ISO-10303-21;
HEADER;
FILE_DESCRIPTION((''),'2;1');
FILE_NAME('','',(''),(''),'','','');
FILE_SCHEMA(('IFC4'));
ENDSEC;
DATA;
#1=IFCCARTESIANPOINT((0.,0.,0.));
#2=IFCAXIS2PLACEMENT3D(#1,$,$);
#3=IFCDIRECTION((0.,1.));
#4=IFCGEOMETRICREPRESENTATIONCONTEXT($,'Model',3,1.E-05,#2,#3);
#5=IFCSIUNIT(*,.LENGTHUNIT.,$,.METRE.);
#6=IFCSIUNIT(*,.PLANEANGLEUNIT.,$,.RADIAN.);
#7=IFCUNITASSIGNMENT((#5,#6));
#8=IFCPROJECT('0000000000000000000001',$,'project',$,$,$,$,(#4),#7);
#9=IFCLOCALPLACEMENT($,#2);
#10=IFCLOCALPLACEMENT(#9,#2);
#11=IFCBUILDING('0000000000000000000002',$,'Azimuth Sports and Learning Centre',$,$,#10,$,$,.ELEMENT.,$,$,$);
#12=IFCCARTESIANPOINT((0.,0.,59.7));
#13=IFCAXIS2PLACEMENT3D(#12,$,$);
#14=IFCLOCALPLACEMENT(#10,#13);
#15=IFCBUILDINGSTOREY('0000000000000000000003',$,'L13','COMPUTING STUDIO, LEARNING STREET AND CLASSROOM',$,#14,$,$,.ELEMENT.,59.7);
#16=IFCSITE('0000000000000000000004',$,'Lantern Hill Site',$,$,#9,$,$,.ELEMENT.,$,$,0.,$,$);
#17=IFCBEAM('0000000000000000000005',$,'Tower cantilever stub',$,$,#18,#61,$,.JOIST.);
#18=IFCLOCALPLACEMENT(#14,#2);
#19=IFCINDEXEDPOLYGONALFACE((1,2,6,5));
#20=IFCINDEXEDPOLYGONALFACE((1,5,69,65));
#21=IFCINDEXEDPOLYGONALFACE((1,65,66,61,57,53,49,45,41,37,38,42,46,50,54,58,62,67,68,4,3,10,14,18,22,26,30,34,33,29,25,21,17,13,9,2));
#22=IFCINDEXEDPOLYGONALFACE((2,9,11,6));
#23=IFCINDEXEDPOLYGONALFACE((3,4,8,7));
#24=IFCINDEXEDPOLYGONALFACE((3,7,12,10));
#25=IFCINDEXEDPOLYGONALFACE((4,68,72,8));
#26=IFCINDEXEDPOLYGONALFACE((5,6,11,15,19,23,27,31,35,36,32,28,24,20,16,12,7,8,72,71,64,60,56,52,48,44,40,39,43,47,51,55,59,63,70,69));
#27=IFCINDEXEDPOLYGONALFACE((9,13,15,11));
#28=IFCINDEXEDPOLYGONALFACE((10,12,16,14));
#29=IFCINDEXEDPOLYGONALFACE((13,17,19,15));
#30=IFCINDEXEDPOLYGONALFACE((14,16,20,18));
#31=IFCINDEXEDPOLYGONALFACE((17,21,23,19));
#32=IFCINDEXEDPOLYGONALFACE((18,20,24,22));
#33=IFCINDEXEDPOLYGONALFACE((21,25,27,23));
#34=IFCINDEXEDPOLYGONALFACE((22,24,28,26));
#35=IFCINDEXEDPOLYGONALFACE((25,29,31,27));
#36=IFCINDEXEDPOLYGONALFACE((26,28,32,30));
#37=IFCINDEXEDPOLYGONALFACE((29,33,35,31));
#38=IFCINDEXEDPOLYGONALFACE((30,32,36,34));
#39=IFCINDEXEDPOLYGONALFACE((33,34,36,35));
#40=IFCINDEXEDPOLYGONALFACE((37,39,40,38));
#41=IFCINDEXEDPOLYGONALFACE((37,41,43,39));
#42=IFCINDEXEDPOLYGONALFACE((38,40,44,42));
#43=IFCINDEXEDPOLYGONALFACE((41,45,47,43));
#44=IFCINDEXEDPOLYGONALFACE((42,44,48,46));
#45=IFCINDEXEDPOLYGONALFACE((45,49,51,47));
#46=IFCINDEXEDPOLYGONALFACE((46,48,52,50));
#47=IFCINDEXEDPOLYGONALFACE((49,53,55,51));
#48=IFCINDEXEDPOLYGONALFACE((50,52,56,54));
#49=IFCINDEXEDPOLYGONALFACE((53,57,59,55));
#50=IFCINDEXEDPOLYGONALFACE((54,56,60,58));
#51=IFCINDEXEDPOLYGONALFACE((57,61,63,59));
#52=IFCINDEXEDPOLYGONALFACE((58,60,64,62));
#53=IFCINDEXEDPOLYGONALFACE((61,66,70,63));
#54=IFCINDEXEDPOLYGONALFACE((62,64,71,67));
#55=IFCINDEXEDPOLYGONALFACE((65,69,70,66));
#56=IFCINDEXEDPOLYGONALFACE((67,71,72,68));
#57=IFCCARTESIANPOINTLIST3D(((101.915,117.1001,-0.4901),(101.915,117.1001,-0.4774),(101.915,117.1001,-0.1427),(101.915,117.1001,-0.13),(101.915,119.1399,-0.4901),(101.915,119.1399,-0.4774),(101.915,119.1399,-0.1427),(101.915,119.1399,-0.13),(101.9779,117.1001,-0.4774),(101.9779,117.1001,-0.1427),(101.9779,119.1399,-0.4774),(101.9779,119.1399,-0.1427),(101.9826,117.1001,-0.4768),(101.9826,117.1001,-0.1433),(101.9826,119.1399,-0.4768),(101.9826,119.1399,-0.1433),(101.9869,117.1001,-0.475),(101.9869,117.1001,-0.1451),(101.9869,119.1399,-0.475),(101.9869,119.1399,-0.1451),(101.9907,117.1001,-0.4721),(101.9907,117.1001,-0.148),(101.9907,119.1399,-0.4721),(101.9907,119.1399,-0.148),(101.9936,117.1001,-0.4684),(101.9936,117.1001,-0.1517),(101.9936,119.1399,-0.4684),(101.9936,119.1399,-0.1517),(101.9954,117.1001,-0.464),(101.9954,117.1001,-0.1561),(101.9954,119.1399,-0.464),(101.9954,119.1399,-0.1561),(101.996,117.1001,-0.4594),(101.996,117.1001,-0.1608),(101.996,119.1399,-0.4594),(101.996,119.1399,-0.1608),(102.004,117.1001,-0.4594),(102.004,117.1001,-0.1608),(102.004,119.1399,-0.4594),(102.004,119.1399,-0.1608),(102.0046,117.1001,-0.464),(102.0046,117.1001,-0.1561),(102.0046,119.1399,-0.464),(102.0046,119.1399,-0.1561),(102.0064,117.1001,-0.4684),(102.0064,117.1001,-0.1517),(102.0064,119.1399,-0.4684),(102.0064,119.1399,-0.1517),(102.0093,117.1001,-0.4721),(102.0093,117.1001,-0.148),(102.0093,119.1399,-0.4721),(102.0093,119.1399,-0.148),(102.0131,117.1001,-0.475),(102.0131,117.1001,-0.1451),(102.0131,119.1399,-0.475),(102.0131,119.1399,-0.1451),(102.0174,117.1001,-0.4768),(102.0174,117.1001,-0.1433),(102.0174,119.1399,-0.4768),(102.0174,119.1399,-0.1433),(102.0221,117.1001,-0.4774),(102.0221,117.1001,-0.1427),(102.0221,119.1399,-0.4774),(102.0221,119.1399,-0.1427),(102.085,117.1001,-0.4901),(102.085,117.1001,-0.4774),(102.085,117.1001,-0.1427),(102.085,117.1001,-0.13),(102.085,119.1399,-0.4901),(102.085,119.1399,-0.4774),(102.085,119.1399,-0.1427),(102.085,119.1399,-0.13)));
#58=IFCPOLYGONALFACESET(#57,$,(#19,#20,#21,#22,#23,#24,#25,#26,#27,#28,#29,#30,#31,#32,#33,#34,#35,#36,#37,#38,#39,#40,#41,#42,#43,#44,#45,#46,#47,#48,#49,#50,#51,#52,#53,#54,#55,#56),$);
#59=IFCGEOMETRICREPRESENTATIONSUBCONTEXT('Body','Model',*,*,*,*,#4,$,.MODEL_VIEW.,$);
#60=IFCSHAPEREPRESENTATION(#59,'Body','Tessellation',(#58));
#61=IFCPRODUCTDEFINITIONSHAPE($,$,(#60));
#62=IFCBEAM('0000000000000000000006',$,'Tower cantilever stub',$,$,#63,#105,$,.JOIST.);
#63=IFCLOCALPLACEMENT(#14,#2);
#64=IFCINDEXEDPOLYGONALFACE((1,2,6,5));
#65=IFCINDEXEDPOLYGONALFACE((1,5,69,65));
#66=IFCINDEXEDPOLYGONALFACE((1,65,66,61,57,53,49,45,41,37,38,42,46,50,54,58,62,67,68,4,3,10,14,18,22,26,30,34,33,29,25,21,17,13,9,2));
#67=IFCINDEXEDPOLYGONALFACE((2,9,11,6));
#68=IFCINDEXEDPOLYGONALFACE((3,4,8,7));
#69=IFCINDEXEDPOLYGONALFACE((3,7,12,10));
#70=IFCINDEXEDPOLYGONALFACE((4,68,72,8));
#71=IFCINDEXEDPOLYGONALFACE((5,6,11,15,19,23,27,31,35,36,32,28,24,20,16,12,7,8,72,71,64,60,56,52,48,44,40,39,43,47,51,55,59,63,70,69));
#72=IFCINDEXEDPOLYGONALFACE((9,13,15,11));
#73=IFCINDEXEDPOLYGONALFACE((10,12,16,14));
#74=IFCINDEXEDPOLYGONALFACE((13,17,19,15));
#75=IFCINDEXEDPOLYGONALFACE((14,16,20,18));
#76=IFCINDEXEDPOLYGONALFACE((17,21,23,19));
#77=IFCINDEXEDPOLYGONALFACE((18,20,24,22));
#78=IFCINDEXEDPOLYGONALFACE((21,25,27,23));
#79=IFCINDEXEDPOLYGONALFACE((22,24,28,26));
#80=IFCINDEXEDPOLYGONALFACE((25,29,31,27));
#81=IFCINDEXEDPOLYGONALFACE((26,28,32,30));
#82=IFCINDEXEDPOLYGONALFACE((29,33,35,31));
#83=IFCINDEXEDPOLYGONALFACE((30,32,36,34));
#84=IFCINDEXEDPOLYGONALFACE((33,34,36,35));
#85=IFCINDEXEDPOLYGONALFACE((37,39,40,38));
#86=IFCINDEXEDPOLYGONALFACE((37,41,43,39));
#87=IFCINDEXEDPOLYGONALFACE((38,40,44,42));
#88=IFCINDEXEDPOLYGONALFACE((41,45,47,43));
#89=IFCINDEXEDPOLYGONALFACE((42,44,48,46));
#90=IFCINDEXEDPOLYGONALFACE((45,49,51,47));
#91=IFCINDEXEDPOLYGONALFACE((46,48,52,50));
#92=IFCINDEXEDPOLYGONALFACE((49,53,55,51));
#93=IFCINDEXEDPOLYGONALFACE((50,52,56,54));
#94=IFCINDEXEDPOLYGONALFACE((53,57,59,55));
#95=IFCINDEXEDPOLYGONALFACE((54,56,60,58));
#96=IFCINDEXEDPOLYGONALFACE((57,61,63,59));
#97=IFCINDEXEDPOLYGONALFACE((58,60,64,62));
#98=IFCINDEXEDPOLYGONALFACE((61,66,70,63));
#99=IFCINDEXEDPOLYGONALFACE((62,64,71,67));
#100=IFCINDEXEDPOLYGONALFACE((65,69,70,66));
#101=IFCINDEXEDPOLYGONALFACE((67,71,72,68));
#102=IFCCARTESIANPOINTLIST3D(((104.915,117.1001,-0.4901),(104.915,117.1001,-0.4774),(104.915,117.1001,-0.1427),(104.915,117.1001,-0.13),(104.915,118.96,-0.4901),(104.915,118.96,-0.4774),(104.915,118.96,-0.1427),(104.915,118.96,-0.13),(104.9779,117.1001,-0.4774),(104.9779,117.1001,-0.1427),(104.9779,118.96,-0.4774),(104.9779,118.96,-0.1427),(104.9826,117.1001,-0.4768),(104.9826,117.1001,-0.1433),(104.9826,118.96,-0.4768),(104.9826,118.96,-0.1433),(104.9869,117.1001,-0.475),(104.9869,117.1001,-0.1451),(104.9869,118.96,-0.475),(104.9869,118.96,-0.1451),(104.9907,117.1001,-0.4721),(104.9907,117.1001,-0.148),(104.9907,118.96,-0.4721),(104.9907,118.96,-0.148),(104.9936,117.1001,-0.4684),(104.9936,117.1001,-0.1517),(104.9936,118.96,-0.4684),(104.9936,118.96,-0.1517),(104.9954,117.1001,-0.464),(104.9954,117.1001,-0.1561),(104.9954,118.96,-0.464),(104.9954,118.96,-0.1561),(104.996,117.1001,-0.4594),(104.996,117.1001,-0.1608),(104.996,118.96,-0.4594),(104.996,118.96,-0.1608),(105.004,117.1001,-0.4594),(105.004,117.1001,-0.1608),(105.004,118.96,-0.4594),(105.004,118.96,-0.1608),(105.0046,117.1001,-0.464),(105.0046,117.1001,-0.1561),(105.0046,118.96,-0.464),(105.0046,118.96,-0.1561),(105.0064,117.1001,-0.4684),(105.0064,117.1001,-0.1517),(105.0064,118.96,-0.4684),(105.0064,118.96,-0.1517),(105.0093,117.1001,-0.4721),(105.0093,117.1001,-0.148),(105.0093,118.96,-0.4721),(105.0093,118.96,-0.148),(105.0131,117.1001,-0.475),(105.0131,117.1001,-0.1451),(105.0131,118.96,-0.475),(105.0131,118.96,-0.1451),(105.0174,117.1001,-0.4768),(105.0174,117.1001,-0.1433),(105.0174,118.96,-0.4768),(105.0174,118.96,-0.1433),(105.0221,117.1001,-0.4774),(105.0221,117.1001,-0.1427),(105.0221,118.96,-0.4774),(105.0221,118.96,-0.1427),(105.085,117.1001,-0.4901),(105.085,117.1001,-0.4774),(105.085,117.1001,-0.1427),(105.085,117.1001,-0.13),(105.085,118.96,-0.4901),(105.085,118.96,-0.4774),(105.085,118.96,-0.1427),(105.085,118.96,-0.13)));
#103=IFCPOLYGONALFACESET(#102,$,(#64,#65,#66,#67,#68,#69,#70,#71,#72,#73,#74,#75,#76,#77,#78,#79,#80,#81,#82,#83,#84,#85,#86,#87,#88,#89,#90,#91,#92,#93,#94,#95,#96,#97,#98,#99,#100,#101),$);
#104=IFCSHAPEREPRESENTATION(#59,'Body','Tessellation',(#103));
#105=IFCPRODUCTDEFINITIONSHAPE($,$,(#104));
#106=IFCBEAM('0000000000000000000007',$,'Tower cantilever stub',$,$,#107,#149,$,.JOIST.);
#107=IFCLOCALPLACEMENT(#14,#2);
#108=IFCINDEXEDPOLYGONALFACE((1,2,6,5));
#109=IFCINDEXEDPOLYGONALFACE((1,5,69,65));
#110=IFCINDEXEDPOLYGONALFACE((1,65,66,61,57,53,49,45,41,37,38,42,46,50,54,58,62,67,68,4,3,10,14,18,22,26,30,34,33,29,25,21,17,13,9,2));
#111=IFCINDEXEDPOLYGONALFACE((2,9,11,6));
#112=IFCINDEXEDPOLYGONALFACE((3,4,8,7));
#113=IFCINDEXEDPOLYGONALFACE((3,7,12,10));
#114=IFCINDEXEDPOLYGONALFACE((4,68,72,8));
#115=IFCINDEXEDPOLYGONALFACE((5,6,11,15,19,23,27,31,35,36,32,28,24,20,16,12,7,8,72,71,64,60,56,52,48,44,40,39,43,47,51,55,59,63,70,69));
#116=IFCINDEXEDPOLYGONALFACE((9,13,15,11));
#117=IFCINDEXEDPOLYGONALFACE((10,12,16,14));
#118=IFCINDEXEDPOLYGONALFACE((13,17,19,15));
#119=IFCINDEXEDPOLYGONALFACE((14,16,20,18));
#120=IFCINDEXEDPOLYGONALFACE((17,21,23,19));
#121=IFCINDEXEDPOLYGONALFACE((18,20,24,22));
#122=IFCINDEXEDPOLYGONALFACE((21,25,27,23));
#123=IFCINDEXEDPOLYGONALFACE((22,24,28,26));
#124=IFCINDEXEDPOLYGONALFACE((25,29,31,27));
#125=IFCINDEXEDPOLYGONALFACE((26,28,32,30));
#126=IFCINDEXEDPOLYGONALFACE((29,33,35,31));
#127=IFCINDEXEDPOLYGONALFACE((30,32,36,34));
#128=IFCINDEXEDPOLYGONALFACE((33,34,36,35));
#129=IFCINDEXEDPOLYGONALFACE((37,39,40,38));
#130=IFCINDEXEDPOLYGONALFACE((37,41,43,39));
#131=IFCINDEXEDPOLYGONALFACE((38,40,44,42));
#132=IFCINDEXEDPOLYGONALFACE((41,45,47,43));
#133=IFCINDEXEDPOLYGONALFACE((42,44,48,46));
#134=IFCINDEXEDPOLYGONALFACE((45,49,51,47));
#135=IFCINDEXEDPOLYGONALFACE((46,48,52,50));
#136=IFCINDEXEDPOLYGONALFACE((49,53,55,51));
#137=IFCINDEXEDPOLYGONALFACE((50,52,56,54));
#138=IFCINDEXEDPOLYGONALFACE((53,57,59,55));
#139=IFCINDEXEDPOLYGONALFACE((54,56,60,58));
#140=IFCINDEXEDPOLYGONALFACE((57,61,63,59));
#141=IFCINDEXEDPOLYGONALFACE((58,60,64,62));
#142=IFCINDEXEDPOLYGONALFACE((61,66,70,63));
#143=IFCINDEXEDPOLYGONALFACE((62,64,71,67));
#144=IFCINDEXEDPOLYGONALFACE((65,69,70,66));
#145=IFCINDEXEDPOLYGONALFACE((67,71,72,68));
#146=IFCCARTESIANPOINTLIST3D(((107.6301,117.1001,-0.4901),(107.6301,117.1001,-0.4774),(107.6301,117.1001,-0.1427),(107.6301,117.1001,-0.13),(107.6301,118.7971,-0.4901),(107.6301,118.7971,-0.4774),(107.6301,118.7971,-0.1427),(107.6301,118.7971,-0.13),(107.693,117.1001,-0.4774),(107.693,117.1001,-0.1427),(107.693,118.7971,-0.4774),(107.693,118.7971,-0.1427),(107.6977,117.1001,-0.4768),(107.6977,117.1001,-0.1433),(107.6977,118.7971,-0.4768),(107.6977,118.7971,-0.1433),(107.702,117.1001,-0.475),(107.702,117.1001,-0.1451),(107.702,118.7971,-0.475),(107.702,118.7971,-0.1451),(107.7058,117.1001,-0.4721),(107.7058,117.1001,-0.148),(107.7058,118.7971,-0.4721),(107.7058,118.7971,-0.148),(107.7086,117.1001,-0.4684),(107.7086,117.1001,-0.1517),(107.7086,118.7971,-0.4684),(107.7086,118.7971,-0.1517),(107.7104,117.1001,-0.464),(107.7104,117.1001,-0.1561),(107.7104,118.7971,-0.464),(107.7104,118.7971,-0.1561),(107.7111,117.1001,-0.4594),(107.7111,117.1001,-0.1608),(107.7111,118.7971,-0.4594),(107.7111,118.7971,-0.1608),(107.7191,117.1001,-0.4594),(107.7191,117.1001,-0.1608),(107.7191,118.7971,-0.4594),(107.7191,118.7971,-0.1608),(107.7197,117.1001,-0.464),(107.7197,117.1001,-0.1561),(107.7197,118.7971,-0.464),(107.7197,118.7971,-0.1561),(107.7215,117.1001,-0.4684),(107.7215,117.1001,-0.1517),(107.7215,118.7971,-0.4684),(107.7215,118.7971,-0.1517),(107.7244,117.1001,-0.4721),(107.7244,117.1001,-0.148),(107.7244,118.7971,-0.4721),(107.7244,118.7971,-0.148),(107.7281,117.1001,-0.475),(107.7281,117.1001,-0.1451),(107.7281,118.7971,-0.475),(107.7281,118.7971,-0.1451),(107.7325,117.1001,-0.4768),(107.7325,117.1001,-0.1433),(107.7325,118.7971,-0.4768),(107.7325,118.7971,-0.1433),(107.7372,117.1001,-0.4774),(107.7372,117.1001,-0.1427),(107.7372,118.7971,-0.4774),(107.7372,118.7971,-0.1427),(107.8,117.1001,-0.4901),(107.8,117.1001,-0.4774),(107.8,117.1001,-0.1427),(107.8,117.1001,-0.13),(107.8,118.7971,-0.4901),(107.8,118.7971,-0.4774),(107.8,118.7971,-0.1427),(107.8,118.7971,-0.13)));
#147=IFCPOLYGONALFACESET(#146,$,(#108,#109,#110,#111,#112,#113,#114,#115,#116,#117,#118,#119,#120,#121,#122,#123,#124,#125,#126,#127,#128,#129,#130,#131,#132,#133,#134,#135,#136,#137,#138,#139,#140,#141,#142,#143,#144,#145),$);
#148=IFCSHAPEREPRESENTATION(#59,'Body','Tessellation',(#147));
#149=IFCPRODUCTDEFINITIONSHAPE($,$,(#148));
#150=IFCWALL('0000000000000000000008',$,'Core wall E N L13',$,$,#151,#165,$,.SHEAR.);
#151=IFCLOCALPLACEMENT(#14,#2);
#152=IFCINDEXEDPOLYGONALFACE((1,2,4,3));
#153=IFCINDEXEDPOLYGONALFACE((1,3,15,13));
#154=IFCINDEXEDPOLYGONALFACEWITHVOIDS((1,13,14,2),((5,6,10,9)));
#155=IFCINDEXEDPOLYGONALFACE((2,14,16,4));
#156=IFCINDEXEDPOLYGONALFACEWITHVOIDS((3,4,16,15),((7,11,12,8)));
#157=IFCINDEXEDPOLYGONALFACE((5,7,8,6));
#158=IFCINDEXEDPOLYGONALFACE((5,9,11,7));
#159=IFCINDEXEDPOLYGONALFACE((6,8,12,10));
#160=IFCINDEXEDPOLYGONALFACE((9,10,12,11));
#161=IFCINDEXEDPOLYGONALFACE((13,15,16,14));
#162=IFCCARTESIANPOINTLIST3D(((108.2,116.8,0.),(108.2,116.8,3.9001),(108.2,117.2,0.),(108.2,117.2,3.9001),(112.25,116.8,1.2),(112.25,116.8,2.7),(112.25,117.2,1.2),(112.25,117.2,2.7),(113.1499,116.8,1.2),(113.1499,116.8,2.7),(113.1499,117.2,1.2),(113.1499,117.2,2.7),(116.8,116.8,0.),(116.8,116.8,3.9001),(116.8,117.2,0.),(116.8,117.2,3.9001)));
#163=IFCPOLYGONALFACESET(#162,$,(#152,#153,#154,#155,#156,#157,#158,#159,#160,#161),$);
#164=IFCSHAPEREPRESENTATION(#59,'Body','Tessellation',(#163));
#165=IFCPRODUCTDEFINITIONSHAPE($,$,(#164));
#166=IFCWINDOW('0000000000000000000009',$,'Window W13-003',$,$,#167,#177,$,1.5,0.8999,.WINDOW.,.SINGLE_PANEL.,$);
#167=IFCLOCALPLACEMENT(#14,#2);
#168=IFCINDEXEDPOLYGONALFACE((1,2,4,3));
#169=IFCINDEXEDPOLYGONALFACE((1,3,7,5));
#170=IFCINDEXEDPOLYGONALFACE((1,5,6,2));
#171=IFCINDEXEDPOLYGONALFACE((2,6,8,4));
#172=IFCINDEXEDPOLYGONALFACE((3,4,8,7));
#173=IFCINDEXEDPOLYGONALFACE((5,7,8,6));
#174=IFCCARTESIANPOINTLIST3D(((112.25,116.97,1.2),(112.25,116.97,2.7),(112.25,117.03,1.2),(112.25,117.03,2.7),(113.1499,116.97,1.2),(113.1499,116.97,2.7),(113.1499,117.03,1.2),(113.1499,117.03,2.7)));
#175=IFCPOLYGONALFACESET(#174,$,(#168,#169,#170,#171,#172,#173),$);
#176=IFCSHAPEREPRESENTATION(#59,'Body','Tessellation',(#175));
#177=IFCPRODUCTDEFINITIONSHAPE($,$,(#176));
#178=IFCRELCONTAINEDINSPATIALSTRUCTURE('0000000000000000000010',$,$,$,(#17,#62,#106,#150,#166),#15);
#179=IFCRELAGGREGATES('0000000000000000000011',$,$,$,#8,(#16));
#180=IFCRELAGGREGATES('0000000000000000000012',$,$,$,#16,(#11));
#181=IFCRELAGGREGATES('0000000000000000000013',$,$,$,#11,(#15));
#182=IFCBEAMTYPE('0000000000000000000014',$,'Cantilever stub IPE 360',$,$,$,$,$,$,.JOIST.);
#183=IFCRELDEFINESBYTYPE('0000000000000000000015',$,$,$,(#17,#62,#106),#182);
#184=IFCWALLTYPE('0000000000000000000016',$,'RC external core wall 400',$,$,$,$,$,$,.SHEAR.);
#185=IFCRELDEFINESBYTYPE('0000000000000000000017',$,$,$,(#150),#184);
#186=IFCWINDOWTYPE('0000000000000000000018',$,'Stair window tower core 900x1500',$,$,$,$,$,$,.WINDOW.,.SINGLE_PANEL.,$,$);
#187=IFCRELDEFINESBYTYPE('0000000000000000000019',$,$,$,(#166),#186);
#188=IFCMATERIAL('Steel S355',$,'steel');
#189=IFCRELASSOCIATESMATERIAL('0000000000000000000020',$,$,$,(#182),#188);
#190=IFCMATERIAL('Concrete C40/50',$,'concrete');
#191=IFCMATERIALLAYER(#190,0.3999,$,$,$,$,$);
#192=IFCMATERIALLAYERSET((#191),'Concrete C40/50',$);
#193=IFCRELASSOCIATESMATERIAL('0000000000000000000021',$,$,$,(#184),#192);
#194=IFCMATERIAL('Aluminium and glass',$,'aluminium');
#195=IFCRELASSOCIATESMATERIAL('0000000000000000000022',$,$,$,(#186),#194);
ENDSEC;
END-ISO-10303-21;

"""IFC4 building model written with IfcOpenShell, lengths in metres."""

from ifc_helpers import new_model, si_unit, direction, frame, frame_2d, origin, origin_2d, place, context, subcontext, project, spatial, rectangle, i_section, extrude, material, layer, layer_set, material_profile, profile_set, type_object, element, fill, save


model = new_model("IFC4")

# Units and contexts
model_context = context("Model", 3, precision=1e-05, world=origin(), true_north=direction((0.0, 1.0)))
body_context = subcontext(model_context, "Body", "Model", "MODEL_VIEW")
ifc_project = project(units=[si_unit("LENGTHUNIT", "METRE"), si_unit("PLANEANGLEUNIT", "RADIAN")], contexts=[model_context])

# Site, building, storey
site_placement = place(None, origin())
site = spatial("IfcSite", under=ifc_project, at=site_placement, Name="Lantern Hill Site", CompositionType="ELEMENT", RefElevation=0.0)
building_placement = place(site_placement, origin())
building = spatial("IfcBuilding", under=site, at=building_placement, Name="Azimuth Sports and Learning Centre", CompositionType="ELEMENT")
storey_placement = place(building_placement, frame((0.0, 0.0, 59.7)))
storey = spatial("IfcBuildingStorey", under=building, at=storey_placement, Name="L13", Description="COMPUTING STUDIO, LEARNING STREET AND CLASSROOM", CompositionType="ELEMENT", Elevation=59.7)

# Beams
ifc_material_1 = material(Name="Steel S355", Category="steel")
ifc_material_profile_1 = material_profile(ifc_material_1, i_section(OverallWidth=0.1699, OverallDepth=0.3601, WebThickness=0.0081, FlangeThickness=0.0127, FilletRadius=0.0181, at=origin_2d()), Name="IPE 360")
ifc_profile_set_1 = profile_set([ifc_material_profile_1], Name="Steel S355")
beam_type_1 = type_object("IfcBeamType", Name="Cantilever stub IPE 360", PredefinedType="JOIST", material=ifc_profile_set_1)
beam_1_placement = place(storey_placement, frame((102.0, 117.1001, -0.3101), z_axis=(0.0, 1.0, 0.0), x_axis=(-1.0, 0.0, 0.0)))
element("IfcBeam", 1, at=beam_1_placement, inside=storey, type_object=beam_type_1, Name="Tower cantilever stub", PredefinedType="JOIST", context=body_context, shape_type="SweptSolid", body=[
    extrude(i_section(OverallWidth=0.1699, OverallDepth=0.3601, WebThickness=0.0081, FlangeThickness=0.0127, FilletRadius=0.0181, at=origin_2d()), origin(), (0.0, 0.0, 1.0), 2.0398),
])
beam_2_placement = place(storey_placement, frame((105.0, 117.1001, -0.3101), z_axis=(0.0, 1.0, 0.0), x_axis=(-1.0, 0.0, 0.0)))
element("IfcBeam", 2, at=beam_2_placement, inside=storey, type_object=beam_type_1, Name="Tower cantilever stub", PredefinedType="JOIST", context=body_context, shape_type="SweptSolid", body=[
    extrude(i_section(OverallWidth=0.1699, OverallDepth=0.3601, WebThickness=0.0081, FlangeThickness=0.0127, FilletRadius=0.0181, at=origin_2d()), origin(), (0.0, 0.0, 1.0), 1.8599),
])
beam_3_placement = place(storey_placement, frame((107.7151, 117.1001, -0.3101), z_axis=(0.0, 1.0, 0.0), x_axis=(-1.0, 0.0, 0.0)))
element("IfcBeam", 3, at=beam_3_placement, inside=storey, type_object=beam_type_1, Name="Tower cantilever stub", PredefinedType="JOIST", context=body_context, shape_type="SweptSolid", body=[
    extrude(i_section(OverallWidth=0.1699, OverallDepth=0.3601, WebThickness=0.0081, FlangeThickness=0.0127, FilletRadius=0.0181, at=origin_2d()), origin(), (0.0, 0.0, 1.0), 1.697),
])

# Wall, opening, window
ifc_material_2 = material(Name="Concrete C40/50", Category="concrete")
ifc_layer_1 = layer(ifc_material_2, 0.3999)
ifc_layer_set_1 = layer_set([ifc_layer_1], Name="Concrete C40/50")
wall_type = type_object("IfcWallType", Name="RC external core wall 400", PredefinedType="SHEAR", material=ifc_layer_set_1)
wall_placement = place(storey_placement, frame((108.2, 117.0, 0.0), z_axis=(0.0, 0.0, 1.0), x_axis=(1.0, 0.0, 0.0)))
wall = element("IfcWall", 4, at=wall_placement, inside=storey, type_object=wall_type, Name="Core wall E N L13", PredefinedType="SHEAR", context=body_context, shape_type="SweptSolid", body=[
    extrude(rectangle(XDim=8.6001, YDim=0.3999, at=frame_2d((4.3, 0.0))), origin(), (0.0, 0.0, 1.0), 3.9001),
])
opening_placement = place(wall_placement, frame((4.05, 0.0, 1.2)))
opening = element("IfcOpeningElement", 5, at=opening_placement, cuts=wall, PredefinedType="OPENING", context=body_context, shape_type="SweptSolid", body=[
    extrude(rectangle(XDim=0.8999, YDim=1.5, at=frame_2d((0.45, 0.75))), frame((0.0, 0.2109, 0.0), z_axis=(0.0, -1.0, 0.0), x_axis=(1.0, 0.0, 0.0)), (0.0, 0.0, 1.0), 0.4219),
])
ifc_material_3 = material(Name="Aluminium and glass", Category="aluminium")
window_type = type_object("IfcWindowType", Name="Stair window tower core 900x1500", PartitioningType="SINGLE_PANEL", PredefinedType="WINDOW", material=ifc_material_3)
window_placement = place(opening_placement, origin())
window = element("IfcWindow", 6, at=window_placement, inside=storey, type_object=window_type, Name="Window W13-003", OverallHeight=1.5, OverallWidth=0.8999, PartitioningType="SINGLE_PANEL", PredefinedType="WINDOW", context=body_context, shape_type="SweptSolid", body=[
    extrude(rectangle(XDim=0.8999, YDim=1.5, at=frame_2d((0.45, 0.75))), frame((0.0, 0.03, 0.0), z_axis=(0.0, -1.0, 0.0), x_axis=(1.0, 0.0, 0.0)), (0.0, 0.0, 1.0), 0.0601),
])
fill(opening, window)

save(model, "model.ifc")
